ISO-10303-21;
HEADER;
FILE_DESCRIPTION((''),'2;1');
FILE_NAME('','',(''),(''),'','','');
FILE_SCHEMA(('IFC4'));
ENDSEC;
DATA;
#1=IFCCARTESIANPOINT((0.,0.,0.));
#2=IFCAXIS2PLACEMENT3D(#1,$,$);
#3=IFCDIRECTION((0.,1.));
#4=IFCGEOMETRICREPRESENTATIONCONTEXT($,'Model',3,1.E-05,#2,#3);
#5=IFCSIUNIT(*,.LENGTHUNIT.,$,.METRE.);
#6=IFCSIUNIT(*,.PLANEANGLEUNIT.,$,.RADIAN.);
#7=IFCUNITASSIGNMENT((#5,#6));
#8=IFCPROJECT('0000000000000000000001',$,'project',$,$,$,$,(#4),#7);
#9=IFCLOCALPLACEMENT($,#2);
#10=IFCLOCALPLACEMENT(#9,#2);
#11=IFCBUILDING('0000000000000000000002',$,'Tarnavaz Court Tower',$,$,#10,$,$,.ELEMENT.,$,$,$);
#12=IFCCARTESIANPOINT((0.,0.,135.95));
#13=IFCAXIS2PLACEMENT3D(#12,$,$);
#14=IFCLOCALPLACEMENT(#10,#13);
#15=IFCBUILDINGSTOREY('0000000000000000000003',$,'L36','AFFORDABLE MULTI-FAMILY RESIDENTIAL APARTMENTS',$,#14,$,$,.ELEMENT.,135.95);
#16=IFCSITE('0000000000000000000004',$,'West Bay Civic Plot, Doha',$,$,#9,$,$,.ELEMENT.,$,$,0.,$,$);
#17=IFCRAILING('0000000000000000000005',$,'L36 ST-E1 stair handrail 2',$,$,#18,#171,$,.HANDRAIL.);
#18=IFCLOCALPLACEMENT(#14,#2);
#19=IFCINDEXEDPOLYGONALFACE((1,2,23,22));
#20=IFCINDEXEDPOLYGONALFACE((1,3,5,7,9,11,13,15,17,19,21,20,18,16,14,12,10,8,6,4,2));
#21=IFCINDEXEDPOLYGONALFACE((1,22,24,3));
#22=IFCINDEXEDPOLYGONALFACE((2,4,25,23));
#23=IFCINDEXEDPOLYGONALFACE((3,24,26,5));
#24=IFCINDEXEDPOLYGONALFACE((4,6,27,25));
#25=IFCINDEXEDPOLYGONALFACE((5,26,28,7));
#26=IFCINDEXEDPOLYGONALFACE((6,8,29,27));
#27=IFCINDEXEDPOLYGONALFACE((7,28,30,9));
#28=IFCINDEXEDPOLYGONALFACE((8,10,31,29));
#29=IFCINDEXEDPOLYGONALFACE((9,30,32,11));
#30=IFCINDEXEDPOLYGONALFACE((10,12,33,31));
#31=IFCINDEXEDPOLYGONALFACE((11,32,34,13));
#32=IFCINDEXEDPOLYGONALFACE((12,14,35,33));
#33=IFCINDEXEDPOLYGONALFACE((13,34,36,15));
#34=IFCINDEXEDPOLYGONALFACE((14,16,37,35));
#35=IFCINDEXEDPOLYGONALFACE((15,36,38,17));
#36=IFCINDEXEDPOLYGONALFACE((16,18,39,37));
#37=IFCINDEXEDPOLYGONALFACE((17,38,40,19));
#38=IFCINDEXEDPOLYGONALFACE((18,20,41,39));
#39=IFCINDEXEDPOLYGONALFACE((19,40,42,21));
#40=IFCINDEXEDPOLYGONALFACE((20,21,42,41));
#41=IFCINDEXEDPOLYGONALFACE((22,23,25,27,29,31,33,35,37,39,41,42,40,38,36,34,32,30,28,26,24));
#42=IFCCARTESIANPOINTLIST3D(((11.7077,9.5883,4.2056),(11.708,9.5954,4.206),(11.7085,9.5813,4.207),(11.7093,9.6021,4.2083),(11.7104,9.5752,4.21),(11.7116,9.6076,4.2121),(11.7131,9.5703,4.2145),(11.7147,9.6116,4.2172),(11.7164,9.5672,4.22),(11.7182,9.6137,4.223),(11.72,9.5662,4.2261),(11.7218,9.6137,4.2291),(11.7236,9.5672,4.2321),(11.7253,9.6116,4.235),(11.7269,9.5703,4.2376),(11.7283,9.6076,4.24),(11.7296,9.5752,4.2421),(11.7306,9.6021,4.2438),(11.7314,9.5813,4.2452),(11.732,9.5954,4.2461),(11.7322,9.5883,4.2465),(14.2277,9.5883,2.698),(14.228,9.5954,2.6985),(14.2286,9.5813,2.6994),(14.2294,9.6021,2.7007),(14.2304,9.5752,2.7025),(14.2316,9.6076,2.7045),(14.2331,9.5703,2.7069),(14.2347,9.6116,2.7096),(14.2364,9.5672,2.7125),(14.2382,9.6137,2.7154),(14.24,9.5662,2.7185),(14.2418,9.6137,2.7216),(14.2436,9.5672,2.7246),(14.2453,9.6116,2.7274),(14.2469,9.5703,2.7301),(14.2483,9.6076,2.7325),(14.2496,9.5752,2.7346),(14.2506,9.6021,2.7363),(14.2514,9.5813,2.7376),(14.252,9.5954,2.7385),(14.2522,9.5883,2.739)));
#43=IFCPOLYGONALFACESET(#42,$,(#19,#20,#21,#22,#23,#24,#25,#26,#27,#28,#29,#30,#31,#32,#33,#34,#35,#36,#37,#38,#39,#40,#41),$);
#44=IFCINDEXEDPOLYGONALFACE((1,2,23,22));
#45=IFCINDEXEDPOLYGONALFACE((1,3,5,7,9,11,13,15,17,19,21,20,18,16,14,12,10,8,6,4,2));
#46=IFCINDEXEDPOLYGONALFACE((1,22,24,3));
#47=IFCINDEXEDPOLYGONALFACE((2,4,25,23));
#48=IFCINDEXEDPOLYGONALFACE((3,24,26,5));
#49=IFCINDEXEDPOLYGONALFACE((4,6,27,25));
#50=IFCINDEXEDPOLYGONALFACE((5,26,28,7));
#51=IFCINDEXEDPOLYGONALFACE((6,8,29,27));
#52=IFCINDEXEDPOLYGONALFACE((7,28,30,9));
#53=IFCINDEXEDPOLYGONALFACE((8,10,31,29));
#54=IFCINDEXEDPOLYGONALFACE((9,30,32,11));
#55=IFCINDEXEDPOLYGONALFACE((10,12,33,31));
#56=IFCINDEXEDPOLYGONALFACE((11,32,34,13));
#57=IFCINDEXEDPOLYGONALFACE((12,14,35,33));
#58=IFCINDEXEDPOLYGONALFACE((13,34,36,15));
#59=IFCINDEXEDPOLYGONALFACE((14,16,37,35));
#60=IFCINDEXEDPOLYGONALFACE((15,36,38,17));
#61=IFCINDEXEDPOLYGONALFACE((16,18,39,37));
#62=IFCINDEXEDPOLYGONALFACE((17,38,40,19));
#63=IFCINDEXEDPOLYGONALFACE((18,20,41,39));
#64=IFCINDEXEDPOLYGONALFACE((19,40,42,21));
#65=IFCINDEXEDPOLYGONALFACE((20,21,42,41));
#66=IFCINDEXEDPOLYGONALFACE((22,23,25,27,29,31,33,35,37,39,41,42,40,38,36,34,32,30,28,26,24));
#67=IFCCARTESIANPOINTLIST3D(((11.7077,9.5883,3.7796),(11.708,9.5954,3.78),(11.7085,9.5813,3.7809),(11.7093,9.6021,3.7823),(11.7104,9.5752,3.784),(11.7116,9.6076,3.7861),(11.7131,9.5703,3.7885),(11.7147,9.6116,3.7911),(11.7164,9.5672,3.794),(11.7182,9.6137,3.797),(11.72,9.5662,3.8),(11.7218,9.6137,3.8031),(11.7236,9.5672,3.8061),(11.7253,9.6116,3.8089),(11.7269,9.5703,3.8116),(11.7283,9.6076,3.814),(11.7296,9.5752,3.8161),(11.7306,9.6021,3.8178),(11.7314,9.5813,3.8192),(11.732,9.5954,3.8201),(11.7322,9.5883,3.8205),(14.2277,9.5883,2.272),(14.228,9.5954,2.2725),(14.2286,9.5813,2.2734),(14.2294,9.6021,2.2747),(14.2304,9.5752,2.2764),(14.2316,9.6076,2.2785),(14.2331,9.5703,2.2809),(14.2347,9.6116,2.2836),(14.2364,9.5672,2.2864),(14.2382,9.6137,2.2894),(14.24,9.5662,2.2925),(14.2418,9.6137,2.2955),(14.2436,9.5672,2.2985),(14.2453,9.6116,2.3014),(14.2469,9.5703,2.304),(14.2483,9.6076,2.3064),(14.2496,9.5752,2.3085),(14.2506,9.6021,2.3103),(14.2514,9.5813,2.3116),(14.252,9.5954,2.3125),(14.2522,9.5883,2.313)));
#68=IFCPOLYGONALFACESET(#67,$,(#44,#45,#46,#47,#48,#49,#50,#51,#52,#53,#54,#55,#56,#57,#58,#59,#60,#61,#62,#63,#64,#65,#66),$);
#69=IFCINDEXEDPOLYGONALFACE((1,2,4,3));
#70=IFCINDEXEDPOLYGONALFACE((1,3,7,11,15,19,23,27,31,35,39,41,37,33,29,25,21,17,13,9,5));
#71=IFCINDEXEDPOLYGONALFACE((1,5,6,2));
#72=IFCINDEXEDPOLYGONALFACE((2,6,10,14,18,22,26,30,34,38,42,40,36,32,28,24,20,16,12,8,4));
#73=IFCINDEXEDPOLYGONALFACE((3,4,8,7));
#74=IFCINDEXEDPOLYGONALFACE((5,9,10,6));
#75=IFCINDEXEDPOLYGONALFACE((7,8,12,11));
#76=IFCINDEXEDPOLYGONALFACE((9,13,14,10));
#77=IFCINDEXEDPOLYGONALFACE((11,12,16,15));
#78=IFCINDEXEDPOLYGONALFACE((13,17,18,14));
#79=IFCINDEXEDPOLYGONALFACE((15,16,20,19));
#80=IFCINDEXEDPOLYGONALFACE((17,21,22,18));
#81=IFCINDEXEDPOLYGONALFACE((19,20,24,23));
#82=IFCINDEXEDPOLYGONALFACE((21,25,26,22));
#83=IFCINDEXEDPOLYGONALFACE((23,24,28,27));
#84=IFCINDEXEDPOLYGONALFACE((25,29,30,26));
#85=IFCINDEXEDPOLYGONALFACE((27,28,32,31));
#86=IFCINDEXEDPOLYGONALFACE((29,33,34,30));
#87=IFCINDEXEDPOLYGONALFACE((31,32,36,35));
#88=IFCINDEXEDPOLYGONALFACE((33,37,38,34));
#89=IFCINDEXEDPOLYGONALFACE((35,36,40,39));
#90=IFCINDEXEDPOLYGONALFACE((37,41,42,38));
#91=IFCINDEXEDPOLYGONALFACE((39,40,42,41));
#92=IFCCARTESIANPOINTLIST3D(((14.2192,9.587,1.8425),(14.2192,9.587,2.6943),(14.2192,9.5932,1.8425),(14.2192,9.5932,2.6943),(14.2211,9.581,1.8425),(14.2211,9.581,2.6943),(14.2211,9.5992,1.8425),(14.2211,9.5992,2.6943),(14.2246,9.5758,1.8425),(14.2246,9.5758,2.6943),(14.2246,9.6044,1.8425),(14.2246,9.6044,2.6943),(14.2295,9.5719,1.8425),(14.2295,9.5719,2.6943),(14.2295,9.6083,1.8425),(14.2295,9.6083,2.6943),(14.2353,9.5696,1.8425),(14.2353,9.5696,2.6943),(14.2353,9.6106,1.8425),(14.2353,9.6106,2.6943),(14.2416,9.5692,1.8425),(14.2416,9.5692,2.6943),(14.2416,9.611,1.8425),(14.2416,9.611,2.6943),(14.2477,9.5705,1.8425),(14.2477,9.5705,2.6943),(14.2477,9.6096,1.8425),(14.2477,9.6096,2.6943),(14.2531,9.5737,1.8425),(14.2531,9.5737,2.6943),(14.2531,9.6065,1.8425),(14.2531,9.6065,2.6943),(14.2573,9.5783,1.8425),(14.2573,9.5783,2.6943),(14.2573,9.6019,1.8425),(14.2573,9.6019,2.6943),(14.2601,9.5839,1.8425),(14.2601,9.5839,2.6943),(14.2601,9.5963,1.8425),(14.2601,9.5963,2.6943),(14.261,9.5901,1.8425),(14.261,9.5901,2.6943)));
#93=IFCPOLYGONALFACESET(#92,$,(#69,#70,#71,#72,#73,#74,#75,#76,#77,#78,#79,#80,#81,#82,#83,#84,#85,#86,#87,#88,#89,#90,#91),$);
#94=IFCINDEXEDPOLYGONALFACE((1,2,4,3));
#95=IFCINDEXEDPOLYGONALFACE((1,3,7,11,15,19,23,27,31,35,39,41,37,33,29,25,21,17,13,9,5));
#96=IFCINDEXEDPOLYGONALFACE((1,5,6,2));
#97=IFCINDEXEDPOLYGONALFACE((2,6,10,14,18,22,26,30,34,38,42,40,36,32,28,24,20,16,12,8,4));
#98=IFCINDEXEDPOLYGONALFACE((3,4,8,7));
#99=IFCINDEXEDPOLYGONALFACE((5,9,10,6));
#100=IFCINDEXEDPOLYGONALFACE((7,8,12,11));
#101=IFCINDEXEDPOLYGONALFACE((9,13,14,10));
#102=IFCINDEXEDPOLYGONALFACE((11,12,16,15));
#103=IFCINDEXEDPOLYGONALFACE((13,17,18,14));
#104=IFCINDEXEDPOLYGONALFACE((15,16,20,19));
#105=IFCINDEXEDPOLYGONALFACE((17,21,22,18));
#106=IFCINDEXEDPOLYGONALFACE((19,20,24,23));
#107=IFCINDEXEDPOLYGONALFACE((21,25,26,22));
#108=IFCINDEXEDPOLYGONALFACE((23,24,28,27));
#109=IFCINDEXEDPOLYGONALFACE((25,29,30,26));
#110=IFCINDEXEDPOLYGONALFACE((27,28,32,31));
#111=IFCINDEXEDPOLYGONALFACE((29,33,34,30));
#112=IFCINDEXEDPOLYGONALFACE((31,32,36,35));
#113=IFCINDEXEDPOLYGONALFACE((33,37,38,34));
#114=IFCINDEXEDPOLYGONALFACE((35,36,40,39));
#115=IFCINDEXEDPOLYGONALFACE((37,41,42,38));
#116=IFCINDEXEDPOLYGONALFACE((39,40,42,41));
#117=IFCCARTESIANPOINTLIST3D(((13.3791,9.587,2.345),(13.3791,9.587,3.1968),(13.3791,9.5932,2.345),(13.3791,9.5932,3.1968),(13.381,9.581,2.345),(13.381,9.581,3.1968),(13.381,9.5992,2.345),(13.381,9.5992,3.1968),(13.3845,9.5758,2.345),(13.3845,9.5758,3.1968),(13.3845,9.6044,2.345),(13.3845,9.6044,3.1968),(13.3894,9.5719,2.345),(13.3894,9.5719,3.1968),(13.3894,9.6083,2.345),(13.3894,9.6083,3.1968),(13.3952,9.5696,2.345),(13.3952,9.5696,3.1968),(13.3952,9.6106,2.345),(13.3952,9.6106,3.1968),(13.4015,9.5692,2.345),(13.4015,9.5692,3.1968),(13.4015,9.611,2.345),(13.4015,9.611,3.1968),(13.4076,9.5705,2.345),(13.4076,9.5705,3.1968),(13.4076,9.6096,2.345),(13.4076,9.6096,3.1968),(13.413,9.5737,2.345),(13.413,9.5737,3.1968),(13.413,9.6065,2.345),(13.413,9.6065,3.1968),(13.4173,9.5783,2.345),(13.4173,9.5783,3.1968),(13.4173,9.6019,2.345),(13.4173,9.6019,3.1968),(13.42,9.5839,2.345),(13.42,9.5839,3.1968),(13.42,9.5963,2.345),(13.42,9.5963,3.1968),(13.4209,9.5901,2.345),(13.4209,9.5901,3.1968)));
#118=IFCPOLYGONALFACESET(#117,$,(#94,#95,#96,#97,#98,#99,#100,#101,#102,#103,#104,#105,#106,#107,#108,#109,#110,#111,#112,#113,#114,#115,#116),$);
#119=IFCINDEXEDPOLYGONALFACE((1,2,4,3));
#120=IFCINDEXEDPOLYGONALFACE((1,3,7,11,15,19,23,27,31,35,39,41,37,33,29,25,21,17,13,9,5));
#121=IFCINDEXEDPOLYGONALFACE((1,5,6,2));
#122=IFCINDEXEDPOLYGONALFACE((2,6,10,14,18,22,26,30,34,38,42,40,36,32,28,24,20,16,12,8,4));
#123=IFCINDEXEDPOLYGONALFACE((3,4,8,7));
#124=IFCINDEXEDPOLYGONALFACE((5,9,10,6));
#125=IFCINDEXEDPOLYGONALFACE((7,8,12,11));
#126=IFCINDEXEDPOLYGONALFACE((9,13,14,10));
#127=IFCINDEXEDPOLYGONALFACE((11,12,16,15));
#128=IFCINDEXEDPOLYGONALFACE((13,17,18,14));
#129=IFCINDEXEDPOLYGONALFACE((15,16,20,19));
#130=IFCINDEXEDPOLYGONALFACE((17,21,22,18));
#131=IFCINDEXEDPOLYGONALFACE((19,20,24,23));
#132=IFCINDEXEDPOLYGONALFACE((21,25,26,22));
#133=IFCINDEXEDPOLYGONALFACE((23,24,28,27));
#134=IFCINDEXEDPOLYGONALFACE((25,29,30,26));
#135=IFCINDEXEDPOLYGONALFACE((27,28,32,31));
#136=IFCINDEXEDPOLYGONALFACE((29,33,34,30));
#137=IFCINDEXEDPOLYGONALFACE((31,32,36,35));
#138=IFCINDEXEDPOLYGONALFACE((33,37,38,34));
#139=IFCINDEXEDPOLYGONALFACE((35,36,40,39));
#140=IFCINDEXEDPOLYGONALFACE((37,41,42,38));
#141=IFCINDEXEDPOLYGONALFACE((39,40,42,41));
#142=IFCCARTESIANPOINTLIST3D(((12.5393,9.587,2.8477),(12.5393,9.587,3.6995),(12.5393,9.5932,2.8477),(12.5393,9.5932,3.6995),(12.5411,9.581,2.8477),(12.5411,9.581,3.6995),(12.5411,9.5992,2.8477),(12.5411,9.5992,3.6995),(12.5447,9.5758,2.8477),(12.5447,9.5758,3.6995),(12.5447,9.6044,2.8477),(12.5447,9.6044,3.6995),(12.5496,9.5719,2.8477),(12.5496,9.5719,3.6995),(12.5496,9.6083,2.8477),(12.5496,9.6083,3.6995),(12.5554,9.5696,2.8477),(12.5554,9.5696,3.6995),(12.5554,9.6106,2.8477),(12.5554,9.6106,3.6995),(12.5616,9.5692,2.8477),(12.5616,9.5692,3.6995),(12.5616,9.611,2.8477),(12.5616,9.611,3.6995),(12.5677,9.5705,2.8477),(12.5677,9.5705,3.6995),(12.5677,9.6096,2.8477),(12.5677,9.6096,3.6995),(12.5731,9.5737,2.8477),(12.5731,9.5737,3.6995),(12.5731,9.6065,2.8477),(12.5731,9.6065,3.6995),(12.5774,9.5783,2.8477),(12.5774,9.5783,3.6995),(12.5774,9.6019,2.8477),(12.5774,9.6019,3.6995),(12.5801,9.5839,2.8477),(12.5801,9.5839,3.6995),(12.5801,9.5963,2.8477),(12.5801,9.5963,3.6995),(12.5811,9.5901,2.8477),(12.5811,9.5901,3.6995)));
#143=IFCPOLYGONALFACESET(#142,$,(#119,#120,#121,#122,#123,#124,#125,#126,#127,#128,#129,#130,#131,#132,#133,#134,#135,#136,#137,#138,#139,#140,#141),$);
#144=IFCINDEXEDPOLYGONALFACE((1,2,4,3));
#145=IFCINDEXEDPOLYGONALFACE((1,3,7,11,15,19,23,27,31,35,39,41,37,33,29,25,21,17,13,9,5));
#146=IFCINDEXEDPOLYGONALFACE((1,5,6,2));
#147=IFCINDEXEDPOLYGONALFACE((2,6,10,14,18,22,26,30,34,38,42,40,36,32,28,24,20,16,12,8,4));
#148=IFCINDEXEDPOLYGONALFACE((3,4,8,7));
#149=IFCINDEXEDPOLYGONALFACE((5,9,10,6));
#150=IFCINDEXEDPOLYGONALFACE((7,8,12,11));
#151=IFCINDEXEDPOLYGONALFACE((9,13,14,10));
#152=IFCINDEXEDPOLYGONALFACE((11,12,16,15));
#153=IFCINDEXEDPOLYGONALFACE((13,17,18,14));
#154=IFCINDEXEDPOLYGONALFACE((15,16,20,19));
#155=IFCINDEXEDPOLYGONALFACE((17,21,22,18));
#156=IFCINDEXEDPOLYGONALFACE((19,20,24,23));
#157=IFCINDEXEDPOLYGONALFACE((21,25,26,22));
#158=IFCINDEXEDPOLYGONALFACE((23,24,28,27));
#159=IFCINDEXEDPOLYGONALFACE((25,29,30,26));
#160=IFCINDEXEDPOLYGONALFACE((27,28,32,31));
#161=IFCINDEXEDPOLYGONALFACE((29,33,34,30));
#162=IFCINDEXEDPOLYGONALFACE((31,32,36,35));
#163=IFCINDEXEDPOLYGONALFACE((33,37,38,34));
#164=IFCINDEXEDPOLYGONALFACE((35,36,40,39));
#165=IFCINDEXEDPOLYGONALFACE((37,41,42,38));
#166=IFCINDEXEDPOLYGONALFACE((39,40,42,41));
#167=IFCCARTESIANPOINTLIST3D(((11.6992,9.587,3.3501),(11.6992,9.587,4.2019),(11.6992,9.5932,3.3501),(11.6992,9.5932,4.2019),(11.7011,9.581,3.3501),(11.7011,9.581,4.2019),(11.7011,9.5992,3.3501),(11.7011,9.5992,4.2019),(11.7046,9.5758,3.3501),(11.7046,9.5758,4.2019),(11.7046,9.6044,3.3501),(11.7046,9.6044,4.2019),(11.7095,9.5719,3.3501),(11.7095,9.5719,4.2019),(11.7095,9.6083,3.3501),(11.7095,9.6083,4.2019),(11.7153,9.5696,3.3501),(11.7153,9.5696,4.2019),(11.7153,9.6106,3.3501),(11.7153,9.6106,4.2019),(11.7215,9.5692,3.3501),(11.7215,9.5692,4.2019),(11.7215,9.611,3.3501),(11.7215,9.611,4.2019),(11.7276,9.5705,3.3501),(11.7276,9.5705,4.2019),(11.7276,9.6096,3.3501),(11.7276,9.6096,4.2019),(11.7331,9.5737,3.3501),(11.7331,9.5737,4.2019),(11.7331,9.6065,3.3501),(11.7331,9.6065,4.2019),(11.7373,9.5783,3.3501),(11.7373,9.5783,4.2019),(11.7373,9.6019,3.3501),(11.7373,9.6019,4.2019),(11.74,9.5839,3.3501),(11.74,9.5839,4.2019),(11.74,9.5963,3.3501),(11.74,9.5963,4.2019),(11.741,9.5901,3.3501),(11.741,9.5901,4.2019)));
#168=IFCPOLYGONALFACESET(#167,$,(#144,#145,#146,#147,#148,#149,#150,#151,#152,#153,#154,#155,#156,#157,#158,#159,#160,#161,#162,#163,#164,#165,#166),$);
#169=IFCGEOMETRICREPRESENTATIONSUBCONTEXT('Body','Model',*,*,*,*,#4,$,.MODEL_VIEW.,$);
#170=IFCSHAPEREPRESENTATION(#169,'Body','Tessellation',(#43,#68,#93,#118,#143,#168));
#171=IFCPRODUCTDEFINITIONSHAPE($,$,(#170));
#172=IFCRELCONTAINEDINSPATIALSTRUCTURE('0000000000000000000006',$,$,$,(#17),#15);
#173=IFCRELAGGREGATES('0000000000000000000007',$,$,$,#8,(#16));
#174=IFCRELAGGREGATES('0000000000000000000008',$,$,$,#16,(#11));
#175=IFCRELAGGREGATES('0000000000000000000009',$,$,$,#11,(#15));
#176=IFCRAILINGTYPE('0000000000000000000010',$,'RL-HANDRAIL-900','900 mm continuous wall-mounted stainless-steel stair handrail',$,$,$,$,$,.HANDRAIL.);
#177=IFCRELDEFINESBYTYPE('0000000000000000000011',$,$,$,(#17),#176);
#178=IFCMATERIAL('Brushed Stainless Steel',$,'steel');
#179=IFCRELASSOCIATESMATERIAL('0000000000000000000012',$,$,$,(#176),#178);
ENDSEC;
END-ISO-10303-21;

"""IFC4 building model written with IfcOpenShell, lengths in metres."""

from ifc_helpers import new_model, si_unit, direction, frame, origin, origin_2d, place, context, subcontext, project, spatial, circle, extrude, material, type_object, element, save


model = new_model("IFC4")

# Units and contexts
model_context = context("Model", 3, precision=1e-05, world=origin(), true_north=direction((0.0, 1.0)))
body_context = subcontext(model_context, "Body", "Model", "MODEL_VIEW")
ifc_project = project(units=[si_unit("LENGTHUNIT", "METRE"), si_unit("PLANEANGLEUNIT", "RADIAN")], contexts=[model_context])

# Site, building, storey
site_placement = place(None, origin())
site = spatial("IfcSite", under=ifc_project, at=site_placement, Name="West Bay Civic Plot, Doha", CompositionType="ELEMENT", RefElevation=0.0)
building_placement = place(site_placement, origin())
building = spatial("IfcBuilding", under=site, at=building_placement, Name="Tarnavaz Court Tower", CompositionType="ELEMENT")
storey_placement = place(building_placement, frame((0.0, 0.0, 135.95)))
storey = spatial("IfcBuildingStorey", under=building, at=storey_placement, Name="L36", Description="AFFORDABLE MULTI-FAMILY RESIDENTIAL APARTMENTS", CompositionType="ELEMENT", Elevation=135.95)

# Railing
ifc_material_1 = material(Name="Brushed Stainless Steel", Category="steel")
railing_type = type_object("IfcRailingType", Name="RL-HANDRAIL-900", Description="900 mm continuous wall-mounted stainless-steel stair handrail", PredefinedType="HANDRAIL", material=ifc_material_1)
railing_placement = place(storey_placement, frame((14.24, 9.5901, 1.8425)))
element("IfcRailing", 1, at=railing_placement, inside=storey, type_object=railing_type, Name="L36 ST-E1 stair handrail 2", PredefinedType="HANDRAIL", context=body_context, shape_type="SweptSolid", body=[
    extrude(circle(Radius=0.0239, at=origin_2d()), frame((0.0, 0.0, 0.876), z_axis=(-0.85816, 0.0, 0.513383), x_axis=(0.0, -1.0, 0.0)), (0.0, 0.0, 1.0), 2.9365),
    extrude(circle(Radius=0.0239, at=origin_2d()), frame((0.0, 0.0, 0.45), z_axis=(-0.85816, 0.0, 0.513383), x_axis=(0.0, -1.0, 0.0)), (0.0, 0.0, 1.0), 2.9365),
    extrude(circle(Radius=0.021, at=origin_2d()), origin(), (0.0, 0.0, 1.0), 0.8518),
    extrude(circle(Radius=0.021, at=origin_2d()), frame((-0.8401, 0.0, 0.5024)), (0.0, 0.0, 1.0), 0.8518),
    extrude(circle(Radius=0.021, at=origin_2d()), frame((-1.6799, 0.0, 1.0051)), (0.0, 0.0, 1.0), 0.8518),
    extrude(circle(Radius=0.021, at=origin_2d()), frame((-2.52, 0.0, 1.5076)), (0.0, 0.0, 1.0), 0.8518),
])

save(model, "model.ifc")
